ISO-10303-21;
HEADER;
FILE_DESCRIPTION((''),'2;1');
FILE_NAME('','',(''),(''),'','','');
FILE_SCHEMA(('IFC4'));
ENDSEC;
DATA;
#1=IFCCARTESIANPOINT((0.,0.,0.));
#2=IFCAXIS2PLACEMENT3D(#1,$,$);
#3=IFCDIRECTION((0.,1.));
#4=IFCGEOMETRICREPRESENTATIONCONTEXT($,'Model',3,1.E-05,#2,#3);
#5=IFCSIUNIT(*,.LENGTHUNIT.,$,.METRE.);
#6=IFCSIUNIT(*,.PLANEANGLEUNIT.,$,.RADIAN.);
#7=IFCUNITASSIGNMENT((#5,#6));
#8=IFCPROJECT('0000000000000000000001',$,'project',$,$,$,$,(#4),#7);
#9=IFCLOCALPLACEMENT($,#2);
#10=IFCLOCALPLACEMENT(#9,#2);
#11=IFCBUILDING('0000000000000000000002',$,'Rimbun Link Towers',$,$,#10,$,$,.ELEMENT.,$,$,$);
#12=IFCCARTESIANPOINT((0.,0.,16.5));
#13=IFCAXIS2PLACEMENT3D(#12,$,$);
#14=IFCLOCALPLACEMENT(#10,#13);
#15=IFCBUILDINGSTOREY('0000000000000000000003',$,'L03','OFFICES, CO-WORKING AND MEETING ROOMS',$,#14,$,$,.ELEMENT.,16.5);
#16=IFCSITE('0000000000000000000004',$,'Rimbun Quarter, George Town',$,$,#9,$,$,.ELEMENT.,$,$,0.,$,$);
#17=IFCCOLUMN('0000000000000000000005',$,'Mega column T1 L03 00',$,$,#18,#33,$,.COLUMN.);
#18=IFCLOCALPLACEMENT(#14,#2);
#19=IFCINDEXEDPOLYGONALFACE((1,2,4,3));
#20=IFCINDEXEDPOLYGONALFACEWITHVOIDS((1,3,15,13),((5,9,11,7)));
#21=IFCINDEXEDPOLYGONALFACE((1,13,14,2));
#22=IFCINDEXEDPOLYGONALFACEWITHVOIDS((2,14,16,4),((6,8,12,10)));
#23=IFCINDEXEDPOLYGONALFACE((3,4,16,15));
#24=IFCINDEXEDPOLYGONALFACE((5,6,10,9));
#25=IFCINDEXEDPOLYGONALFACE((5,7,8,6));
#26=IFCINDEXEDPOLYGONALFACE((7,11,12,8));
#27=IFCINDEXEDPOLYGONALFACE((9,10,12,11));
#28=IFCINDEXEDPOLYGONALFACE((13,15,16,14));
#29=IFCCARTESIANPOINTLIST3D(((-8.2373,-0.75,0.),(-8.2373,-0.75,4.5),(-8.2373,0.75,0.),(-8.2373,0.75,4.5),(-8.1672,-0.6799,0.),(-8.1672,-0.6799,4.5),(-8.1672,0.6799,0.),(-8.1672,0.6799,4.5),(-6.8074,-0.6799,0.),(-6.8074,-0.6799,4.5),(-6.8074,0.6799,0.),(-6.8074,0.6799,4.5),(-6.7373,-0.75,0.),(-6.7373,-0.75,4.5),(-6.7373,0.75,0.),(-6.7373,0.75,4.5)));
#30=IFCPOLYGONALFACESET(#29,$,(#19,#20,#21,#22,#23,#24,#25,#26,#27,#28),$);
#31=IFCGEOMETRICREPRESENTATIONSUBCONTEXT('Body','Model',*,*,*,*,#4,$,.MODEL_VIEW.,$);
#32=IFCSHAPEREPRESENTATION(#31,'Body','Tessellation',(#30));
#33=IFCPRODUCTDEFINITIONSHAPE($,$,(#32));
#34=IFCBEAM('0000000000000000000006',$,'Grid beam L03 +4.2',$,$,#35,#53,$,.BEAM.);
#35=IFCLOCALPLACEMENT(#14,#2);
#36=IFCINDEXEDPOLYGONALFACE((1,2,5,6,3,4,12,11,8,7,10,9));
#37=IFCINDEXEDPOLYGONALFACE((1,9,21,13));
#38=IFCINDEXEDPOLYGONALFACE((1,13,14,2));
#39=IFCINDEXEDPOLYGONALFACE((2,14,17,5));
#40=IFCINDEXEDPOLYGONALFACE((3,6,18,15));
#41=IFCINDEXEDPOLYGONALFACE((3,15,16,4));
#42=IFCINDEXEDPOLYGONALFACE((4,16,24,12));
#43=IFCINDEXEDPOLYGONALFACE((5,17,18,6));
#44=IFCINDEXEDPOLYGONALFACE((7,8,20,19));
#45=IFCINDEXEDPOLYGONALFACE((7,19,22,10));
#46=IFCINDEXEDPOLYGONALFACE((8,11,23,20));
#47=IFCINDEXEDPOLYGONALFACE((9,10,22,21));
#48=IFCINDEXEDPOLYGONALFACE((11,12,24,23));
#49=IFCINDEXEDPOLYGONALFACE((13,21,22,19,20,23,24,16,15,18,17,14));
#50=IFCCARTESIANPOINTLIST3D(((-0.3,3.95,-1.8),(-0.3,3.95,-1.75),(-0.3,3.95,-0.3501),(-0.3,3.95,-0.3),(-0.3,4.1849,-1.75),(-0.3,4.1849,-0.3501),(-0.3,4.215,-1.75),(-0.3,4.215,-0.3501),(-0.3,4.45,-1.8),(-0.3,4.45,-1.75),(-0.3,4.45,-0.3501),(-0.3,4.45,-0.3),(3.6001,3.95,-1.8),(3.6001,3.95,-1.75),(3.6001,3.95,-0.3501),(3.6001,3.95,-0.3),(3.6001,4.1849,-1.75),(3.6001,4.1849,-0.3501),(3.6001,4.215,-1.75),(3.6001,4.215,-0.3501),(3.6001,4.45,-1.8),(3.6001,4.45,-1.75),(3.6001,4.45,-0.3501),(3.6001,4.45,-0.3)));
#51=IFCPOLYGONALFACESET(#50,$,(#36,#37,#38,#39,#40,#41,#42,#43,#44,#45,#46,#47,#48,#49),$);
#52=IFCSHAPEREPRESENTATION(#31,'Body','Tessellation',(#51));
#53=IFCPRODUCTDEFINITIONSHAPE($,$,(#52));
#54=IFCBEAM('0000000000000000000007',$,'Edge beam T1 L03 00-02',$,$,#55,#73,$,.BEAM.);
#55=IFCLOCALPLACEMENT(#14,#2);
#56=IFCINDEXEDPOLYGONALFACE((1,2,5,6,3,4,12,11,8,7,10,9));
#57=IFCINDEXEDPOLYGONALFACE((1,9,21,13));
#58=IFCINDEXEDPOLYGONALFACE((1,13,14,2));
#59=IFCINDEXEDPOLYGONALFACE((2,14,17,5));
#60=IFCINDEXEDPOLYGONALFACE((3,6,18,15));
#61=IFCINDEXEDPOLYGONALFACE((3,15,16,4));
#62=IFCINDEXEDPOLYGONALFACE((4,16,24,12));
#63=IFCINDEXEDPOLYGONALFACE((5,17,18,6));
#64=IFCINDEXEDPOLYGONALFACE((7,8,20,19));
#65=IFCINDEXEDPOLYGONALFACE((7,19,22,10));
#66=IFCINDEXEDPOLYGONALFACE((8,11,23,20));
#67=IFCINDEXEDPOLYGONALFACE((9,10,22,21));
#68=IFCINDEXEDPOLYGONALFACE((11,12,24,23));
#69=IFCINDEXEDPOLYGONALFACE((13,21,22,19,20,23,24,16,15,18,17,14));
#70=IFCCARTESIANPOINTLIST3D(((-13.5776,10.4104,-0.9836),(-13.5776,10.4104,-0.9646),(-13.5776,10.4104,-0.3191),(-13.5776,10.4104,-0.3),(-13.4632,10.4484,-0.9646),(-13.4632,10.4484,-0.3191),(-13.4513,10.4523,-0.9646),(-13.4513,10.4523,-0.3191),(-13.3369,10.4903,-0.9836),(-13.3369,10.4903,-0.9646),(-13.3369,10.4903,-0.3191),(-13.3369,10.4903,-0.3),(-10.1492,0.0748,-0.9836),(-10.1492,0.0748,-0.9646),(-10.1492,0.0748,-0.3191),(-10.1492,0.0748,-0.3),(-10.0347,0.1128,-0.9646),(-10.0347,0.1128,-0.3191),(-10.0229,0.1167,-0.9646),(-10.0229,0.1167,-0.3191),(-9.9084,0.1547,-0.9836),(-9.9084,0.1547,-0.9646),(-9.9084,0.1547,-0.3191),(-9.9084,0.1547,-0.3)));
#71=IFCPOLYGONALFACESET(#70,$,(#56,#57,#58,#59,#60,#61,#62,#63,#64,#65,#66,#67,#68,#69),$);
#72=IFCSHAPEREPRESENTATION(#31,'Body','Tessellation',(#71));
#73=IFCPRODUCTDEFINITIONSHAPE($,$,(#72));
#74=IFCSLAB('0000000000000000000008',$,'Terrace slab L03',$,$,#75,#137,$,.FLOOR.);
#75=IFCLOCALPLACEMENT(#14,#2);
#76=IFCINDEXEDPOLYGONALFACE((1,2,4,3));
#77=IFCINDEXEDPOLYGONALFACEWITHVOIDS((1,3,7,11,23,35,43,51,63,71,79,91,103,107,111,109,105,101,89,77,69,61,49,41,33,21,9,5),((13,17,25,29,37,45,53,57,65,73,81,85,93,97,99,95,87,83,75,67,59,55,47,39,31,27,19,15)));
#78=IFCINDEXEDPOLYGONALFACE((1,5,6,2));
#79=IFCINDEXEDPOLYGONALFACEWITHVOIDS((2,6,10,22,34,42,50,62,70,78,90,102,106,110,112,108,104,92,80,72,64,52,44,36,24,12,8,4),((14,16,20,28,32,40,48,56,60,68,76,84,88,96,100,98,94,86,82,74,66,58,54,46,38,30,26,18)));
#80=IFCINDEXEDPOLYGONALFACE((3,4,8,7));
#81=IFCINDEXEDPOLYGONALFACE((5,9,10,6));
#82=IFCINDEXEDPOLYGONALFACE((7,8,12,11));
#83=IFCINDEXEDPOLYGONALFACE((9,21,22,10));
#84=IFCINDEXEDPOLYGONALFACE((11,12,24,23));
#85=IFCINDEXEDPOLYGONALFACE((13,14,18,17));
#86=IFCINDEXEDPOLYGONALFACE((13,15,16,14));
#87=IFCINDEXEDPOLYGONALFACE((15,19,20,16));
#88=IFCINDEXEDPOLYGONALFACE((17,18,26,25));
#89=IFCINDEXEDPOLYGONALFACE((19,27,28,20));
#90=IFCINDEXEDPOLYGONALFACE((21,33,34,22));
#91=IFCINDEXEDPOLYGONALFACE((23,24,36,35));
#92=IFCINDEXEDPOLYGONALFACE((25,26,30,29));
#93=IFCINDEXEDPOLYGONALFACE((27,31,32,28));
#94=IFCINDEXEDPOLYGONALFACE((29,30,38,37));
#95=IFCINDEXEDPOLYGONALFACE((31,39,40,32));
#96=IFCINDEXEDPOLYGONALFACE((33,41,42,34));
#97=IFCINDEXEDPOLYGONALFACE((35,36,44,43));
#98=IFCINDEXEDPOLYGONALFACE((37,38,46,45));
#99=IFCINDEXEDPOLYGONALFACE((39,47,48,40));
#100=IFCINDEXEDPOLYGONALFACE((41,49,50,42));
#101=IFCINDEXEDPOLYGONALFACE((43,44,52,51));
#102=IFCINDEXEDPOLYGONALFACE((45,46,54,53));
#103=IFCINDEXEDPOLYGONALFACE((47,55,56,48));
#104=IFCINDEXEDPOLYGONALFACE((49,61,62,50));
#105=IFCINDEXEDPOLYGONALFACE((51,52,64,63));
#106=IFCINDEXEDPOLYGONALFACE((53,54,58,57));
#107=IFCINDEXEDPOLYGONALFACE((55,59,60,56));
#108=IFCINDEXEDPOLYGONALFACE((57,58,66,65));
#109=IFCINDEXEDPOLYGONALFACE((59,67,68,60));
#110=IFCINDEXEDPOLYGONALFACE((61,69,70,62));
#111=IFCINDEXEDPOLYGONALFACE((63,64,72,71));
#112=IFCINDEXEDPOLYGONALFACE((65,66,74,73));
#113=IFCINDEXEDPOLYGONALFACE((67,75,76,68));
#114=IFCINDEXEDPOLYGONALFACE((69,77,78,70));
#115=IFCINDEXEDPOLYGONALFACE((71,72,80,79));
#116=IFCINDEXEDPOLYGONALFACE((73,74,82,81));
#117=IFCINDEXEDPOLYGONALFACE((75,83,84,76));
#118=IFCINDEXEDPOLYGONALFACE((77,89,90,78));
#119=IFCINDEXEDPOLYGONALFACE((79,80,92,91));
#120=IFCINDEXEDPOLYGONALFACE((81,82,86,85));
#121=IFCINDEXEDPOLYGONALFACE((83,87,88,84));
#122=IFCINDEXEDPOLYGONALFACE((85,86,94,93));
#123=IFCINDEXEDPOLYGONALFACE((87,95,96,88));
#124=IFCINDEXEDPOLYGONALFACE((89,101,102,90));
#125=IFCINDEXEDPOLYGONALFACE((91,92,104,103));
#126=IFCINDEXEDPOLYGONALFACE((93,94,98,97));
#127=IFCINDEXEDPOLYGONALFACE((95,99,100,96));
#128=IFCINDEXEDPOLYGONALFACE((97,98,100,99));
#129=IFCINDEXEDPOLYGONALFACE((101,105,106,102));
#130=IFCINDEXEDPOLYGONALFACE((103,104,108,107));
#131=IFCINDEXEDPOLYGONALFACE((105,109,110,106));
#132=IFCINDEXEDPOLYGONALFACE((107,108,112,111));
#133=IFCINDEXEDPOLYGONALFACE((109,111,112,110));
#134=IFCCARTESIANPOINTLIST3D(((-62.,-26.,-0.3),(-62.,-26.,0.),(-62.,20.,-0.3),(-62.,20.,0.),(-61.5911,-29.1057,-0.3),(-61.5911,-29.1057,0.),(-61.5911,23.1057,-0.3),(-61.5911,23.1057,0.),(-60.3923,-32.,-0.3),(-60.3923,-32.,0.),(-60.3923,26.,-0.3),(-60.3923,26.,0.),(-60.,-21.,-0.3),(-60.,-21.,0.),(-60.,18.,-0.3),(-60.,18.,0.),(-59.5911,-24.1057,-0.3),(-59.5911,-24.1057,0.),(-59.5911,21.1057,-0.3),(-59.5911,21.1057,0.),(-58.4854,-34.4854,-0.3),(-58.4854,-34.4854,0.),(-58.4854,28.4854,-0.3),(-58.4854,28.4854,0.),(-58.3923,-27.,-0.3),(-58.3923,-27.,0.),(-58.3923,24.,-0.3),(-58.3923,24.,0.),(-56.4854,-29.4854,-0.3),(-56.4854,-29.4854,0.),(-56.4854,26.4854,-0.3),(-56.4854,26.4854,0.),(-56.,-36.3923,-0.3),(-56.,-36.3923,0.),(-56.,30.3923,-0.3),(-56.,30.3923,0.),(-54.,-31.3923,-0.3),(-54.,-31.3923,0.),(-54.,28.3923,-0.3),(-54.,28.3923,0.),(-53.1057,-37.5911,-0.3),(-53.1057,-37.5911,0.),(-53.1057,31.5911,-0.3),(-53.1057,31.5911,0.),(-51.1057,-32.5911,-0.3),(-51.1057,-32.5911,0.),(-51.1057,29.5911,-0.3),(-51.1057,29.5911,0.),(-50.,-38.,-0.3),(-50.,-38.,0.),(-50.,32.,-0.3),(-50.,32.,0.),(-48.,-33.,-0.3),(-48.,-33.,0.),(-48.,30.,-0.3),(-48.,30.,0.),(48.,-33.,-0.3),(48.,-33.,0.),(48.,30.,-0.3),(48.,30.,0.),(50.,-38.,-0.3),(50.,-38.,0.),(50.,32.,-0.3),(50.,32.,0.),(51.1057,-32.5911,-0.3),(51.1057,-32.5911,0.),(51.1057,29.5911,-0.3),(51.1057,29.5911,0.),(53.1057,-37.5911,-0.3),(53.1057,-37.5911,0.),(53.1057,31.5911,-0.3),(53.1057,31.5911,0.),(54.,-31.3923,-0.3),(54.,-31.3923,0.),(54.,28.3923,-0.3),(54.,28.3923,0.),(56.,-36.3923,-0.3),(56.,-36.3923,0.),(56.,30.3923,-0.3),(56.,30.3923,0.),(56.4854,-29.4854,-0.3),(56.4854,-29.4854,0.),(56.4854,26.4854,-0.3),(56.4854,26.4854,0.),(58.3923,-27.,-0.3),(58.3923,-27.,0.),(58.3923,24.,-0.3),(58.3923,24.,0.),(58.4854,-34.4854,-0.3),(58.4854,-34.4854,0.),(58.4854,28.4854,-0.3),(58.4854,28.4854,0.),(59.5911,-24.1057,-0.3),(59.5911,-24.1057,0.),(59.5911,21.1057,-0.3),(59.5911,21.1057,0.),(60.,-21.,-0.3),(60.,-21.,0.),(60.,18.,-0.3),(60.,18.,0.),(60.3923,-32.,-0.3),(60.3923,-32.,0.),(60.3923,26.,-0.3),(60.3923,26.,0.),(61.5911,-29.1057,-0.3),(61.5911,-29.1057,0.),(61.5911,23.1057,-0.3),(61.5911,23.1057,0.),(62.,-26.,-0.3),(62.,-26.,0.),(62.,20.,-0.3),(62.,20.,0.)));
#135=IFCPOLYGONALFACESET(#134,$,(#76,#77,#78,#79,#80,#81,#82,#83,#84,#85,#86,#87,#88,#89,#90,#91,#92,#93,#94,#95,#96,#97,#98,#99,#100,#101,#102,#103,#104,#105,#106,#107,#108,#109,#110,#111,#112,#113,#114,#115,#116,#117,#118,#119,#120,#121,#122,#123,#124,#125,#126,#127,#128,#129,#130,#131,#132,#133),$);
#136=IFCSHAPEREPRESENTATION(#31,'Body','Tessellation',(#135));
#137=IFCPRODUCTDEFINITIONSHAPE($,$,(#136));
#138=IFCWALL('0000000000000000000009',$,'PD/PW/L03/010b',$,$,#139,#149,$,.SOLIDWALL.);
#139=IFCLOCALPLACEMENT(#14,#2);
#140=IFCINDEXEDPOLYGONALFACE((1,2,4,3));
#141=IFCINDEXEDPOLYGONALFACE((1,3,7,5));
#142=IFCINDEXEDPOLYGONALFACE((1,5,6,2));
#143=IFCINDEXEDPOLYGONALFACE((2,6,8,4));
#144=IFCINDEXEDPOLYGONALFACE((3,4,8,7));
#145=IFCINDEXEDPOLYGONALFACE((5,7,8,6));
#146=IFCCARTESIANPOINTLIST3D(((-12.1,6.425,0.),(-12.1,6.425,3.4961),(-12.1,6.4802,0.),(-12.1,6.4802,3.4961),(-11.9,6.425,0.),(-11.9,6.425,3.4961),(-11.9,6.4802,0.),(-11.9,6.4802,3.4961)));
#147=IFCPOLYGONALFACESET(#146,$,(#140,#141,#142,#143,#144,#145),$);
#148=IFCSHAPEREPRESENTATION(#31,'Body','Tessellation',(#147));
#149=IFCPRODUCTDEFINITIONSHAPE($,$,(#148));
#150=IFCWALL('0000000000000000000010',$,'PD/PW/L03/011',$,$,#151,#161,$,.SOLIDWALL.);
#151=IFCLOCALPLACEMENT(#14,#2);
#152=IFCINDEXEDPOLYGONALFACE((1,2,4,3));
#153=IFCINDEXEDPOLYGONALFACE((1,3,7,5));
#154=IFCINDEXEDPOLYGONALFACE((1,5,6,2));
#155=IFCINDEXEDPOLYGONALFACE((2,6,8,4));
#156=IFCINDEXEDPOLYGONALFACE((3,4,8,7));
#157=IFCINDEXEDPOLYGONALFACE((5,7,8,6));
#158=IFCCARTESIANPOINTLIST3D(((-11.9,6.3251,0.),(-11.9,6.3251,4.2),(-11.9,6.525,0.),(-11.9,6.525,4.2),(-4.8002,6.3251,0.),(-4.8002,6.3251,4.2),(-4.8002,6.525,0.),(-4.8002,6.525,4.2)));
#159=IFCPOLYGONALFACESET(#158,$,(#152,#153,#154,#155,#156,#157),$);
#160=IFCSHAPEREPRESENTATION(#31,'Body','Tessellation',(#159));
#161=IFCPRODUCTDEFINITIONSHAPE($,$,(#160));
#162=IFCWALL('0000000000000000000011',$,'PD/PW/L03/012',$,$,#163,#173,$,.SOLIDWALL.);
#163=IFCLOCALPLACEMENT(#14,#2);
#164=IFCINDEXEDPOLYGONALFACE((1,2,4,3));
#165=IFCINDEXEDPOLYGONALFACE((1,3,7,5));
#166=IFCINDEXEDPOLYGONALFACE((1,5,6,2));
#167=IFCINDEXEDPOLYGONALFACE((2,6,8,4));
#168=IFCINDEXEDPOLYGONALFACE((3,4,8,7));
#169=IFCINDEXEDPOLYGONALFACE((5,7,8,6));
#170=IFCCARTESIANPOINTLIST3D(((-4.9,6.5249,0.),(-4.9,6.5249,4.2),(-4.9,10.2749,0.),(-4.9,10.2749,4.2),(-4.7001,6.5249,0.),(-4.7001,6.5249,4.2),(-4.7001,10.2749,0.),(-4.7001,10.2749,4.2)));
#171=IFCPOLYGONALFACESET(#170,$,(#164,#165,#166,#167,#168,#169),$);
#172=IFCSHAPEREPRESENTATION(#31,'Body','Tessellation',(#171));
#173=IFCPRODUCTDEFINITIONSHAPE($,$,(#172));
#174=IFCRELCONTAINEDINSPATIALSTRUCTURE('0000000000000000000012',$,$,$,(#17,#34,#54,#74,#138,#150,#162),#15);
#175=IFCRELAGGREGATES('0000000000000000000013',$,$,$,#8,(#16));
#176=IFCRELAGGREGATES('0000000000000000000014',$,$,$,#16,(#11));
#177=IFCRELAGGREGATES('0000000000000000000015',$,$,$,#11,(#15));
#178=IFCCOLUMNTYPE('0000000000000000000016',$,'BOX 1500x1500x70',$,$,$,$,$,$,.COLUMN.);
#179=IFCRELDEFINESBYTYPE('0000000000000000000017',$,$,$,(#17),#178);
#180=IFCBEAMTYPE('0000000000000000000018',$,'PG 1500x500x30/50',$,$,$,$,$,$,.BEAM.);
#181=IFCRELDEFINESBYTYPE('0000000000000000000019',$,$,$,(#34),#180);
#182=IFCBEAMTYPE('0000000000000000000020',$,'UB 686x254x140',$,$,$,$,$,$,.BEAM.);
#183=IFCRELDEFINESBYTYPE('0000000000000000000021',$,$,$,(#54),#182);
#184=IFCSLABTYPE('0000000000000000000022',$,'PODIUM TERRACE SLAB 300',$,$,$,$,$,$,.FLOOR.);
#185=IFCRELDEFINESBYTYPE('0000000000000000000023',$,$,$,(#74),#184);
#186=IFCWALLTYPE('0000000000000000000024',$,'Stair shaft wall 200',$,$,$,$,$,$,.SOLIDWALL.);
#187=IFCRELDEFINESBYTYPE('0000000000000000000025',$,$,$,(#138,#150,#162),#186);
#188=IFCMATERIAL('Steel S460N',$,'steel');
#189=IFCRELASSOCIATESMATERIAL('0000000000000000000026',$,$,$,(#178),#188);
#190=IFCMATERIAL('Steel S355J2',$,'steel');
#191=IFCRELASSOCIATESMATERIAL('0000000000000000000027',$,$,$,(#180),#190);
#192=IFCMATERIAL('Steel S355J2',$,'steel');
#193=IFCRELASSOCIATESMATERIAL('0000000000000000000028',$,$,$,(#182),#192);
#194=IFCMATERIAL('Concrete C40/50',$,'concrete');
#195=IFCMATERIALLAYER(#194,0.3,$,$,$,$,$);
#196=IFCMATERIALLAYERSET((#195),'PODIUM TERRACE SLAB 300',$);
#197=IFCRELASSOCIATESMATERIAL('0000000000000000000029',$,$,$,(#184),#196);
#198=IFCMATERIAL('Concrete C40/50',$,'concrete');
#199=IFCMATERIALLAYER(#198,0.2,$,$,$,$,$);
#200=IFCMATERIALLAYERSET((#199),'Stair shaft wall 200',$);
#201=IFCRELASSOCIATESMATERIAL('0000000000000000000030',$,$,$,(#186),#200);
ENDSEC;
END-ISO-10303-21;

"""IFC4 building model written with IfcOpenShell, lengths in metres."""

from ifc_helpers import new_model, si_unit, direction, frame, frame_2d, origin, origin_2d, place, context, subcontext, project, spatial, polyline, rectangle, hollow_rectangle, i_section, outline, extrude, material, layer, layer_set, material_profile, profile_set, type_object, element, save


model = new_model("IFC4")

# Units and contexts
model_context = context("Model", 3, precision=1e-05, world=origin(), true_north=direction((0.0, 1.0)))
body_context = subcontext(model_context, "Body", "Model", "MODEL_VIEW")
ifc_project = project(units=[si_unit("LENGTHUNIT", "METRE"), si_unit("PLANEANGLEUNIT", "RADIAN")], contexts=[model_context])

# Site, building, storey
site_placement = place(None, origin())
site = spatial("IfcSite", under=ifc_project, at=site_placement, Name="Rimbun Quarter, George Town", CompositionType="ELEMENT", RefElevation=0.0)
building_placement = place(site_placement, origin())
building = spatial("IfcBuilding", under=site, at=building_placement, Name="Rimbun Link Towers", CompositionType="ELEMENT")
storey_placement = place(building_placement, frame((0.0, 0.0, 16.5)))
storey = spatial("IfcBuildingStorey", under=building, at=storey_placement, Name="L03", Description="OFFICES, CO-WORKING AND MEETING ROOMS", CompositionType="ELEMENT", Elevation=16.5)

# Column
ifc_material_1 = material(Name="Steel S460N", Category="steel")
ifc_material_profile_1 = material_profile(ifc_material_1, hollow_rectangle(XDim=1.5, YDim=1.5, WallThickness=0.0701, at=origin_2d()), Name="BOX 1500x1500x70")
ifc_profile_set_1 = profile_set([ifc_material_profile_1], Name="Steel S460N")
column_type = type_object("IfcColumnType", Name="BOX 1500x1500x70", PredefinedType="COLUMN", material=ifc_profile_set_1)
column_placement = place(storey_placement, frame((-7.4873, 0.0, 0.0), z_axis=(0.0, 0.0, 1.0), x_axis=(1.0, 0.0, 0.0)))
element("IfcColumn", 1, at=column_placement, inside=storey, type_object=column_type, Name="Mega column T1 L03 00", PredefinedType="COLUMN", context=body_context, shape_type="SweptSolid", body=[
    extrude(hollow_rectangle(XDim=1.5, YDim=1.5, WallThickness=0.0701, at=origin_2d()), origin(), (0.0, 0.0, 1.0), 4.5),
])

# Beams
ifc_material_2 = material(Name="Steel S355J2", Category="steel")
ifc_material_profile_2 = material_profile(ifc_material_2, i_section(OverallWidth=0.5, OverallDepth=1.5, WebThickness=0.03, FlangeThickness=0.05, at=origin_2d()), Name="PG 1500x500x30/50")
ifc_profile_set_2 = profile_set([ifc_material_profile_2], Name="Steel S355J2")
beam_type_1 = type_object("IfcBeamType", Name="PG 1500x500x30/50", PredefinedType="BEAM", material=ifc_profile_set_2)
beam_1_placement = place(storey_placement, frame((-0.3, 4.2, -1.05), z_axis=(1.0, 0.0, 0.0), x_axis=(0.0, 1.0, 0.0)))
element("IfcBeam", 2, at=beam_1_placement, inside=storey, type_object=beam_type_1, Name="Grid beam L03 +4.2", PredefinedType="BEAM", context=body_context, shape_type="SweptSolid", body=[
    extrude(i_section(OverallWidth=0.5, OverallDepth=1.5, WebThickness=0.03, FlangeThickness=0.05, at=origin_2d()), origin(), (0.0, 0.0, 1.0), 3.9001),
])
ifc_material_3 = material(Name="Steel S355J2", Category="steel")
ifc_material_profile_3 = material_profile(ifc_material_3, i_section(OverallWidth=0.2537, OverallDepth=0.6836, WebThickness=0.0125, FlangeThickness=0.019, at=origin_2d()), Name="UB 686x254x140")
ifc_profile_set_3 = profile_set([ifc_material_profile_3], Name="Steel S355J2")
beam_type_2 = type_object("IfcBeamType", Name="UB 686x254x140", PredefinedType="BEAM", material=ifc_profile_set_3)
beam_2_placement = place(storey_placement, frame((-10.0288, 0.1147, -0.6418), z_axis=(-0.314842, 0.949144, 0.0), x_axis=(-0.949144, -0.314842, 0.0)))
element("IfcBeam", 3, at=beam_2_placement, inside=storey, type_object=beam_type_2, Name="Edge beam T1 L03 00-02", PredefinedType="BEAM", context=body_context, shape_type="SweptSolid", body=[
    extrude(i_section(OverallWidth=0.2537, OverallDepth=0.6836, WebThickness=0.0125, FlangeThickness=0.019, at=origin_2d()), origin(), (0.0, 0.0, 1.0), 10.8894),
])

# Slab
ifc_material_4 = material(Name="Concrete C40/50", Category="concrete")
ifc_layer_1 = layer(ifc_material_4, 0.3)
ifc_layer_set_1 = layer_set([ifc_layer_1], Name="PODIUM TERRACE SLAB 300")
slab_type_1 = type_object("IfcSlabType", Name="PODIUM TERRACE SLAB 300", PredefinedType="FLOOR", material=ifc_layer_set_1)
slab_1_placement = place(storey_placement, frame((0.0, 0.0, -0.3)))
element("IfcSlab", 4, at=slab_1_placement, inside=storey, type_object=slab_type_1, Name="Terrace slab L03", PredefinedType="FLOOR", context=body_context, shape_type="SweptSolid", body=[
    extrude(outline(polyline([(-53.1057, -37.5911), (-56.0, -36.3923), (-58.4854, -34.4854), (-60.3923, -32.0), (-61.5911, -29.1057), (-62.0, -26.0), (-62.0, 20.0), (-61.5911, 23.1057), (-60.3923, 26.0), (-58.4854, 28.4854), (-56.0, 30.3923), (-53.1057, 31.5911), (-50.0, 32.0), (50.0, 32.0), (53.1057, 31.5911), (56.0, 30.3923), (58.4854, 28.4854), (60.3923, 26.0), (61.5911, 23.1057), (62.0, 20.0), (62.0, -26.0), (61.5911, -29.1057), (60.3923, -32.0), (58.4854, -34.4854), (56.0, -36.3923), (53.1057, -37.5911), (50.0, -38.0), (-50.0, -38.0), (-53.1057, -37.5911)]), holes=[polyline([(-56.4854, -29.4854), (-54.0, -31.3923), (-51.1057, -32.5911), (-48.0, -33.0), (48.0, -33.0), (51.1057, -32.5911), (54.0, -31.3923), (56.4854, -29.4854), (58.3923, -27.0), (59.5911, -24.1057), (60.0, -21.0), (60.0, 18.0), (59.5911, 21.1057), (58.3923, 24.0), (56.4854, 26.4854), (54.0, 28.3923), (51.1057, 29.5911), (48.0, 30.0), (-48.0, 30.0), (-51.1057, 29.5911), (-54.0, 28.3923), (-56.4854, 26.4854), (-58.3923, 24.0), (-59.5911, 21.1057), (-60.0, 18.0), (-60.0, -21.0), (-59.5911, -24.1057), (-58.3923, -27.0), (-56.4854, -29.4854)])]), origin(), (0.0, 0.0, 1.0), 0.3),
])

# Walls
ifc_material_5 = material(Name="Concrete C40/50", Category="concrete")
ifc_layer_2 = layer(ifc_material_5, 0.2)
ifc_layer_set_2 = layer_set([ifc_layer_2], Name="Stair shaft wall 200")
wall_type = type_object("IfcWallType", Name="Stair shaft wall 200", PredefinedType="SOLIDWALL", material=ifc_layer_set_2)
wall_1_placement = place(storey_placement, frame((-12.0, 6.4802, 0.0), z_axis=(0.0, 0.0, 1.0), x_axis=(0.0, -1.0, 0.0)))
element("IfcWall", 5, at=wall_1_placement, inside=storey, type_object=wall_type, Name="PD/PW/L03/010b", PredefinedType="SOLIDWALL", context=body_context, shape_type="SweptSolid", body=[
    extrude(rectangle(XDim=0.0552, YDim=0.2, at=frame_2d((0.0276, 0.0))), origin(), (0.0, 0.0, 1.0), 3.4961),
])
wall_2_placement = place(storey_placement, frame((-11.8999, 6.425, 0.0), z_axis=(0.0, 0.0, 1.0), x_axis=(1.0, 0.0, 0.0)))
element("IfcWall", 6, at=wall_2_placement, inside=storey, type_object=wall_type, Name="PD/PW/L03/011", PredefinedType="SOLIDWALL", context=body_context, shape_type="SweptSolid", body=[
    extrude(rectangle(XDim=7.0999, YDim=0.2, at=frame_2d((3.5498, 0.0))), origin(), (0.0, 0.0, 1.0), 4.2),
])
wall_3_placement = place(storey_placement, frame((-4.8, 6.5249, 0.0), z_axis=(0.0, 0.0, 1.0), x_axis=(0.0, 1.0, 0.0)))
element("IfcWall", 7, at=wall_3_placement, inside=storey, type_object=wall_type, Name="PD/PW/L03/012", PredefinedType="SOLIDWALL", context=body_context, shape_type="SweptSolid", body=[
    extrude(rectangle(XDim=3.75, YDim=0.2, at=frame_2d((1.875, 0.0))), origin(), (0.0, 0.0, 1.0), 4.2),
])

save(model, "model.ifc")
